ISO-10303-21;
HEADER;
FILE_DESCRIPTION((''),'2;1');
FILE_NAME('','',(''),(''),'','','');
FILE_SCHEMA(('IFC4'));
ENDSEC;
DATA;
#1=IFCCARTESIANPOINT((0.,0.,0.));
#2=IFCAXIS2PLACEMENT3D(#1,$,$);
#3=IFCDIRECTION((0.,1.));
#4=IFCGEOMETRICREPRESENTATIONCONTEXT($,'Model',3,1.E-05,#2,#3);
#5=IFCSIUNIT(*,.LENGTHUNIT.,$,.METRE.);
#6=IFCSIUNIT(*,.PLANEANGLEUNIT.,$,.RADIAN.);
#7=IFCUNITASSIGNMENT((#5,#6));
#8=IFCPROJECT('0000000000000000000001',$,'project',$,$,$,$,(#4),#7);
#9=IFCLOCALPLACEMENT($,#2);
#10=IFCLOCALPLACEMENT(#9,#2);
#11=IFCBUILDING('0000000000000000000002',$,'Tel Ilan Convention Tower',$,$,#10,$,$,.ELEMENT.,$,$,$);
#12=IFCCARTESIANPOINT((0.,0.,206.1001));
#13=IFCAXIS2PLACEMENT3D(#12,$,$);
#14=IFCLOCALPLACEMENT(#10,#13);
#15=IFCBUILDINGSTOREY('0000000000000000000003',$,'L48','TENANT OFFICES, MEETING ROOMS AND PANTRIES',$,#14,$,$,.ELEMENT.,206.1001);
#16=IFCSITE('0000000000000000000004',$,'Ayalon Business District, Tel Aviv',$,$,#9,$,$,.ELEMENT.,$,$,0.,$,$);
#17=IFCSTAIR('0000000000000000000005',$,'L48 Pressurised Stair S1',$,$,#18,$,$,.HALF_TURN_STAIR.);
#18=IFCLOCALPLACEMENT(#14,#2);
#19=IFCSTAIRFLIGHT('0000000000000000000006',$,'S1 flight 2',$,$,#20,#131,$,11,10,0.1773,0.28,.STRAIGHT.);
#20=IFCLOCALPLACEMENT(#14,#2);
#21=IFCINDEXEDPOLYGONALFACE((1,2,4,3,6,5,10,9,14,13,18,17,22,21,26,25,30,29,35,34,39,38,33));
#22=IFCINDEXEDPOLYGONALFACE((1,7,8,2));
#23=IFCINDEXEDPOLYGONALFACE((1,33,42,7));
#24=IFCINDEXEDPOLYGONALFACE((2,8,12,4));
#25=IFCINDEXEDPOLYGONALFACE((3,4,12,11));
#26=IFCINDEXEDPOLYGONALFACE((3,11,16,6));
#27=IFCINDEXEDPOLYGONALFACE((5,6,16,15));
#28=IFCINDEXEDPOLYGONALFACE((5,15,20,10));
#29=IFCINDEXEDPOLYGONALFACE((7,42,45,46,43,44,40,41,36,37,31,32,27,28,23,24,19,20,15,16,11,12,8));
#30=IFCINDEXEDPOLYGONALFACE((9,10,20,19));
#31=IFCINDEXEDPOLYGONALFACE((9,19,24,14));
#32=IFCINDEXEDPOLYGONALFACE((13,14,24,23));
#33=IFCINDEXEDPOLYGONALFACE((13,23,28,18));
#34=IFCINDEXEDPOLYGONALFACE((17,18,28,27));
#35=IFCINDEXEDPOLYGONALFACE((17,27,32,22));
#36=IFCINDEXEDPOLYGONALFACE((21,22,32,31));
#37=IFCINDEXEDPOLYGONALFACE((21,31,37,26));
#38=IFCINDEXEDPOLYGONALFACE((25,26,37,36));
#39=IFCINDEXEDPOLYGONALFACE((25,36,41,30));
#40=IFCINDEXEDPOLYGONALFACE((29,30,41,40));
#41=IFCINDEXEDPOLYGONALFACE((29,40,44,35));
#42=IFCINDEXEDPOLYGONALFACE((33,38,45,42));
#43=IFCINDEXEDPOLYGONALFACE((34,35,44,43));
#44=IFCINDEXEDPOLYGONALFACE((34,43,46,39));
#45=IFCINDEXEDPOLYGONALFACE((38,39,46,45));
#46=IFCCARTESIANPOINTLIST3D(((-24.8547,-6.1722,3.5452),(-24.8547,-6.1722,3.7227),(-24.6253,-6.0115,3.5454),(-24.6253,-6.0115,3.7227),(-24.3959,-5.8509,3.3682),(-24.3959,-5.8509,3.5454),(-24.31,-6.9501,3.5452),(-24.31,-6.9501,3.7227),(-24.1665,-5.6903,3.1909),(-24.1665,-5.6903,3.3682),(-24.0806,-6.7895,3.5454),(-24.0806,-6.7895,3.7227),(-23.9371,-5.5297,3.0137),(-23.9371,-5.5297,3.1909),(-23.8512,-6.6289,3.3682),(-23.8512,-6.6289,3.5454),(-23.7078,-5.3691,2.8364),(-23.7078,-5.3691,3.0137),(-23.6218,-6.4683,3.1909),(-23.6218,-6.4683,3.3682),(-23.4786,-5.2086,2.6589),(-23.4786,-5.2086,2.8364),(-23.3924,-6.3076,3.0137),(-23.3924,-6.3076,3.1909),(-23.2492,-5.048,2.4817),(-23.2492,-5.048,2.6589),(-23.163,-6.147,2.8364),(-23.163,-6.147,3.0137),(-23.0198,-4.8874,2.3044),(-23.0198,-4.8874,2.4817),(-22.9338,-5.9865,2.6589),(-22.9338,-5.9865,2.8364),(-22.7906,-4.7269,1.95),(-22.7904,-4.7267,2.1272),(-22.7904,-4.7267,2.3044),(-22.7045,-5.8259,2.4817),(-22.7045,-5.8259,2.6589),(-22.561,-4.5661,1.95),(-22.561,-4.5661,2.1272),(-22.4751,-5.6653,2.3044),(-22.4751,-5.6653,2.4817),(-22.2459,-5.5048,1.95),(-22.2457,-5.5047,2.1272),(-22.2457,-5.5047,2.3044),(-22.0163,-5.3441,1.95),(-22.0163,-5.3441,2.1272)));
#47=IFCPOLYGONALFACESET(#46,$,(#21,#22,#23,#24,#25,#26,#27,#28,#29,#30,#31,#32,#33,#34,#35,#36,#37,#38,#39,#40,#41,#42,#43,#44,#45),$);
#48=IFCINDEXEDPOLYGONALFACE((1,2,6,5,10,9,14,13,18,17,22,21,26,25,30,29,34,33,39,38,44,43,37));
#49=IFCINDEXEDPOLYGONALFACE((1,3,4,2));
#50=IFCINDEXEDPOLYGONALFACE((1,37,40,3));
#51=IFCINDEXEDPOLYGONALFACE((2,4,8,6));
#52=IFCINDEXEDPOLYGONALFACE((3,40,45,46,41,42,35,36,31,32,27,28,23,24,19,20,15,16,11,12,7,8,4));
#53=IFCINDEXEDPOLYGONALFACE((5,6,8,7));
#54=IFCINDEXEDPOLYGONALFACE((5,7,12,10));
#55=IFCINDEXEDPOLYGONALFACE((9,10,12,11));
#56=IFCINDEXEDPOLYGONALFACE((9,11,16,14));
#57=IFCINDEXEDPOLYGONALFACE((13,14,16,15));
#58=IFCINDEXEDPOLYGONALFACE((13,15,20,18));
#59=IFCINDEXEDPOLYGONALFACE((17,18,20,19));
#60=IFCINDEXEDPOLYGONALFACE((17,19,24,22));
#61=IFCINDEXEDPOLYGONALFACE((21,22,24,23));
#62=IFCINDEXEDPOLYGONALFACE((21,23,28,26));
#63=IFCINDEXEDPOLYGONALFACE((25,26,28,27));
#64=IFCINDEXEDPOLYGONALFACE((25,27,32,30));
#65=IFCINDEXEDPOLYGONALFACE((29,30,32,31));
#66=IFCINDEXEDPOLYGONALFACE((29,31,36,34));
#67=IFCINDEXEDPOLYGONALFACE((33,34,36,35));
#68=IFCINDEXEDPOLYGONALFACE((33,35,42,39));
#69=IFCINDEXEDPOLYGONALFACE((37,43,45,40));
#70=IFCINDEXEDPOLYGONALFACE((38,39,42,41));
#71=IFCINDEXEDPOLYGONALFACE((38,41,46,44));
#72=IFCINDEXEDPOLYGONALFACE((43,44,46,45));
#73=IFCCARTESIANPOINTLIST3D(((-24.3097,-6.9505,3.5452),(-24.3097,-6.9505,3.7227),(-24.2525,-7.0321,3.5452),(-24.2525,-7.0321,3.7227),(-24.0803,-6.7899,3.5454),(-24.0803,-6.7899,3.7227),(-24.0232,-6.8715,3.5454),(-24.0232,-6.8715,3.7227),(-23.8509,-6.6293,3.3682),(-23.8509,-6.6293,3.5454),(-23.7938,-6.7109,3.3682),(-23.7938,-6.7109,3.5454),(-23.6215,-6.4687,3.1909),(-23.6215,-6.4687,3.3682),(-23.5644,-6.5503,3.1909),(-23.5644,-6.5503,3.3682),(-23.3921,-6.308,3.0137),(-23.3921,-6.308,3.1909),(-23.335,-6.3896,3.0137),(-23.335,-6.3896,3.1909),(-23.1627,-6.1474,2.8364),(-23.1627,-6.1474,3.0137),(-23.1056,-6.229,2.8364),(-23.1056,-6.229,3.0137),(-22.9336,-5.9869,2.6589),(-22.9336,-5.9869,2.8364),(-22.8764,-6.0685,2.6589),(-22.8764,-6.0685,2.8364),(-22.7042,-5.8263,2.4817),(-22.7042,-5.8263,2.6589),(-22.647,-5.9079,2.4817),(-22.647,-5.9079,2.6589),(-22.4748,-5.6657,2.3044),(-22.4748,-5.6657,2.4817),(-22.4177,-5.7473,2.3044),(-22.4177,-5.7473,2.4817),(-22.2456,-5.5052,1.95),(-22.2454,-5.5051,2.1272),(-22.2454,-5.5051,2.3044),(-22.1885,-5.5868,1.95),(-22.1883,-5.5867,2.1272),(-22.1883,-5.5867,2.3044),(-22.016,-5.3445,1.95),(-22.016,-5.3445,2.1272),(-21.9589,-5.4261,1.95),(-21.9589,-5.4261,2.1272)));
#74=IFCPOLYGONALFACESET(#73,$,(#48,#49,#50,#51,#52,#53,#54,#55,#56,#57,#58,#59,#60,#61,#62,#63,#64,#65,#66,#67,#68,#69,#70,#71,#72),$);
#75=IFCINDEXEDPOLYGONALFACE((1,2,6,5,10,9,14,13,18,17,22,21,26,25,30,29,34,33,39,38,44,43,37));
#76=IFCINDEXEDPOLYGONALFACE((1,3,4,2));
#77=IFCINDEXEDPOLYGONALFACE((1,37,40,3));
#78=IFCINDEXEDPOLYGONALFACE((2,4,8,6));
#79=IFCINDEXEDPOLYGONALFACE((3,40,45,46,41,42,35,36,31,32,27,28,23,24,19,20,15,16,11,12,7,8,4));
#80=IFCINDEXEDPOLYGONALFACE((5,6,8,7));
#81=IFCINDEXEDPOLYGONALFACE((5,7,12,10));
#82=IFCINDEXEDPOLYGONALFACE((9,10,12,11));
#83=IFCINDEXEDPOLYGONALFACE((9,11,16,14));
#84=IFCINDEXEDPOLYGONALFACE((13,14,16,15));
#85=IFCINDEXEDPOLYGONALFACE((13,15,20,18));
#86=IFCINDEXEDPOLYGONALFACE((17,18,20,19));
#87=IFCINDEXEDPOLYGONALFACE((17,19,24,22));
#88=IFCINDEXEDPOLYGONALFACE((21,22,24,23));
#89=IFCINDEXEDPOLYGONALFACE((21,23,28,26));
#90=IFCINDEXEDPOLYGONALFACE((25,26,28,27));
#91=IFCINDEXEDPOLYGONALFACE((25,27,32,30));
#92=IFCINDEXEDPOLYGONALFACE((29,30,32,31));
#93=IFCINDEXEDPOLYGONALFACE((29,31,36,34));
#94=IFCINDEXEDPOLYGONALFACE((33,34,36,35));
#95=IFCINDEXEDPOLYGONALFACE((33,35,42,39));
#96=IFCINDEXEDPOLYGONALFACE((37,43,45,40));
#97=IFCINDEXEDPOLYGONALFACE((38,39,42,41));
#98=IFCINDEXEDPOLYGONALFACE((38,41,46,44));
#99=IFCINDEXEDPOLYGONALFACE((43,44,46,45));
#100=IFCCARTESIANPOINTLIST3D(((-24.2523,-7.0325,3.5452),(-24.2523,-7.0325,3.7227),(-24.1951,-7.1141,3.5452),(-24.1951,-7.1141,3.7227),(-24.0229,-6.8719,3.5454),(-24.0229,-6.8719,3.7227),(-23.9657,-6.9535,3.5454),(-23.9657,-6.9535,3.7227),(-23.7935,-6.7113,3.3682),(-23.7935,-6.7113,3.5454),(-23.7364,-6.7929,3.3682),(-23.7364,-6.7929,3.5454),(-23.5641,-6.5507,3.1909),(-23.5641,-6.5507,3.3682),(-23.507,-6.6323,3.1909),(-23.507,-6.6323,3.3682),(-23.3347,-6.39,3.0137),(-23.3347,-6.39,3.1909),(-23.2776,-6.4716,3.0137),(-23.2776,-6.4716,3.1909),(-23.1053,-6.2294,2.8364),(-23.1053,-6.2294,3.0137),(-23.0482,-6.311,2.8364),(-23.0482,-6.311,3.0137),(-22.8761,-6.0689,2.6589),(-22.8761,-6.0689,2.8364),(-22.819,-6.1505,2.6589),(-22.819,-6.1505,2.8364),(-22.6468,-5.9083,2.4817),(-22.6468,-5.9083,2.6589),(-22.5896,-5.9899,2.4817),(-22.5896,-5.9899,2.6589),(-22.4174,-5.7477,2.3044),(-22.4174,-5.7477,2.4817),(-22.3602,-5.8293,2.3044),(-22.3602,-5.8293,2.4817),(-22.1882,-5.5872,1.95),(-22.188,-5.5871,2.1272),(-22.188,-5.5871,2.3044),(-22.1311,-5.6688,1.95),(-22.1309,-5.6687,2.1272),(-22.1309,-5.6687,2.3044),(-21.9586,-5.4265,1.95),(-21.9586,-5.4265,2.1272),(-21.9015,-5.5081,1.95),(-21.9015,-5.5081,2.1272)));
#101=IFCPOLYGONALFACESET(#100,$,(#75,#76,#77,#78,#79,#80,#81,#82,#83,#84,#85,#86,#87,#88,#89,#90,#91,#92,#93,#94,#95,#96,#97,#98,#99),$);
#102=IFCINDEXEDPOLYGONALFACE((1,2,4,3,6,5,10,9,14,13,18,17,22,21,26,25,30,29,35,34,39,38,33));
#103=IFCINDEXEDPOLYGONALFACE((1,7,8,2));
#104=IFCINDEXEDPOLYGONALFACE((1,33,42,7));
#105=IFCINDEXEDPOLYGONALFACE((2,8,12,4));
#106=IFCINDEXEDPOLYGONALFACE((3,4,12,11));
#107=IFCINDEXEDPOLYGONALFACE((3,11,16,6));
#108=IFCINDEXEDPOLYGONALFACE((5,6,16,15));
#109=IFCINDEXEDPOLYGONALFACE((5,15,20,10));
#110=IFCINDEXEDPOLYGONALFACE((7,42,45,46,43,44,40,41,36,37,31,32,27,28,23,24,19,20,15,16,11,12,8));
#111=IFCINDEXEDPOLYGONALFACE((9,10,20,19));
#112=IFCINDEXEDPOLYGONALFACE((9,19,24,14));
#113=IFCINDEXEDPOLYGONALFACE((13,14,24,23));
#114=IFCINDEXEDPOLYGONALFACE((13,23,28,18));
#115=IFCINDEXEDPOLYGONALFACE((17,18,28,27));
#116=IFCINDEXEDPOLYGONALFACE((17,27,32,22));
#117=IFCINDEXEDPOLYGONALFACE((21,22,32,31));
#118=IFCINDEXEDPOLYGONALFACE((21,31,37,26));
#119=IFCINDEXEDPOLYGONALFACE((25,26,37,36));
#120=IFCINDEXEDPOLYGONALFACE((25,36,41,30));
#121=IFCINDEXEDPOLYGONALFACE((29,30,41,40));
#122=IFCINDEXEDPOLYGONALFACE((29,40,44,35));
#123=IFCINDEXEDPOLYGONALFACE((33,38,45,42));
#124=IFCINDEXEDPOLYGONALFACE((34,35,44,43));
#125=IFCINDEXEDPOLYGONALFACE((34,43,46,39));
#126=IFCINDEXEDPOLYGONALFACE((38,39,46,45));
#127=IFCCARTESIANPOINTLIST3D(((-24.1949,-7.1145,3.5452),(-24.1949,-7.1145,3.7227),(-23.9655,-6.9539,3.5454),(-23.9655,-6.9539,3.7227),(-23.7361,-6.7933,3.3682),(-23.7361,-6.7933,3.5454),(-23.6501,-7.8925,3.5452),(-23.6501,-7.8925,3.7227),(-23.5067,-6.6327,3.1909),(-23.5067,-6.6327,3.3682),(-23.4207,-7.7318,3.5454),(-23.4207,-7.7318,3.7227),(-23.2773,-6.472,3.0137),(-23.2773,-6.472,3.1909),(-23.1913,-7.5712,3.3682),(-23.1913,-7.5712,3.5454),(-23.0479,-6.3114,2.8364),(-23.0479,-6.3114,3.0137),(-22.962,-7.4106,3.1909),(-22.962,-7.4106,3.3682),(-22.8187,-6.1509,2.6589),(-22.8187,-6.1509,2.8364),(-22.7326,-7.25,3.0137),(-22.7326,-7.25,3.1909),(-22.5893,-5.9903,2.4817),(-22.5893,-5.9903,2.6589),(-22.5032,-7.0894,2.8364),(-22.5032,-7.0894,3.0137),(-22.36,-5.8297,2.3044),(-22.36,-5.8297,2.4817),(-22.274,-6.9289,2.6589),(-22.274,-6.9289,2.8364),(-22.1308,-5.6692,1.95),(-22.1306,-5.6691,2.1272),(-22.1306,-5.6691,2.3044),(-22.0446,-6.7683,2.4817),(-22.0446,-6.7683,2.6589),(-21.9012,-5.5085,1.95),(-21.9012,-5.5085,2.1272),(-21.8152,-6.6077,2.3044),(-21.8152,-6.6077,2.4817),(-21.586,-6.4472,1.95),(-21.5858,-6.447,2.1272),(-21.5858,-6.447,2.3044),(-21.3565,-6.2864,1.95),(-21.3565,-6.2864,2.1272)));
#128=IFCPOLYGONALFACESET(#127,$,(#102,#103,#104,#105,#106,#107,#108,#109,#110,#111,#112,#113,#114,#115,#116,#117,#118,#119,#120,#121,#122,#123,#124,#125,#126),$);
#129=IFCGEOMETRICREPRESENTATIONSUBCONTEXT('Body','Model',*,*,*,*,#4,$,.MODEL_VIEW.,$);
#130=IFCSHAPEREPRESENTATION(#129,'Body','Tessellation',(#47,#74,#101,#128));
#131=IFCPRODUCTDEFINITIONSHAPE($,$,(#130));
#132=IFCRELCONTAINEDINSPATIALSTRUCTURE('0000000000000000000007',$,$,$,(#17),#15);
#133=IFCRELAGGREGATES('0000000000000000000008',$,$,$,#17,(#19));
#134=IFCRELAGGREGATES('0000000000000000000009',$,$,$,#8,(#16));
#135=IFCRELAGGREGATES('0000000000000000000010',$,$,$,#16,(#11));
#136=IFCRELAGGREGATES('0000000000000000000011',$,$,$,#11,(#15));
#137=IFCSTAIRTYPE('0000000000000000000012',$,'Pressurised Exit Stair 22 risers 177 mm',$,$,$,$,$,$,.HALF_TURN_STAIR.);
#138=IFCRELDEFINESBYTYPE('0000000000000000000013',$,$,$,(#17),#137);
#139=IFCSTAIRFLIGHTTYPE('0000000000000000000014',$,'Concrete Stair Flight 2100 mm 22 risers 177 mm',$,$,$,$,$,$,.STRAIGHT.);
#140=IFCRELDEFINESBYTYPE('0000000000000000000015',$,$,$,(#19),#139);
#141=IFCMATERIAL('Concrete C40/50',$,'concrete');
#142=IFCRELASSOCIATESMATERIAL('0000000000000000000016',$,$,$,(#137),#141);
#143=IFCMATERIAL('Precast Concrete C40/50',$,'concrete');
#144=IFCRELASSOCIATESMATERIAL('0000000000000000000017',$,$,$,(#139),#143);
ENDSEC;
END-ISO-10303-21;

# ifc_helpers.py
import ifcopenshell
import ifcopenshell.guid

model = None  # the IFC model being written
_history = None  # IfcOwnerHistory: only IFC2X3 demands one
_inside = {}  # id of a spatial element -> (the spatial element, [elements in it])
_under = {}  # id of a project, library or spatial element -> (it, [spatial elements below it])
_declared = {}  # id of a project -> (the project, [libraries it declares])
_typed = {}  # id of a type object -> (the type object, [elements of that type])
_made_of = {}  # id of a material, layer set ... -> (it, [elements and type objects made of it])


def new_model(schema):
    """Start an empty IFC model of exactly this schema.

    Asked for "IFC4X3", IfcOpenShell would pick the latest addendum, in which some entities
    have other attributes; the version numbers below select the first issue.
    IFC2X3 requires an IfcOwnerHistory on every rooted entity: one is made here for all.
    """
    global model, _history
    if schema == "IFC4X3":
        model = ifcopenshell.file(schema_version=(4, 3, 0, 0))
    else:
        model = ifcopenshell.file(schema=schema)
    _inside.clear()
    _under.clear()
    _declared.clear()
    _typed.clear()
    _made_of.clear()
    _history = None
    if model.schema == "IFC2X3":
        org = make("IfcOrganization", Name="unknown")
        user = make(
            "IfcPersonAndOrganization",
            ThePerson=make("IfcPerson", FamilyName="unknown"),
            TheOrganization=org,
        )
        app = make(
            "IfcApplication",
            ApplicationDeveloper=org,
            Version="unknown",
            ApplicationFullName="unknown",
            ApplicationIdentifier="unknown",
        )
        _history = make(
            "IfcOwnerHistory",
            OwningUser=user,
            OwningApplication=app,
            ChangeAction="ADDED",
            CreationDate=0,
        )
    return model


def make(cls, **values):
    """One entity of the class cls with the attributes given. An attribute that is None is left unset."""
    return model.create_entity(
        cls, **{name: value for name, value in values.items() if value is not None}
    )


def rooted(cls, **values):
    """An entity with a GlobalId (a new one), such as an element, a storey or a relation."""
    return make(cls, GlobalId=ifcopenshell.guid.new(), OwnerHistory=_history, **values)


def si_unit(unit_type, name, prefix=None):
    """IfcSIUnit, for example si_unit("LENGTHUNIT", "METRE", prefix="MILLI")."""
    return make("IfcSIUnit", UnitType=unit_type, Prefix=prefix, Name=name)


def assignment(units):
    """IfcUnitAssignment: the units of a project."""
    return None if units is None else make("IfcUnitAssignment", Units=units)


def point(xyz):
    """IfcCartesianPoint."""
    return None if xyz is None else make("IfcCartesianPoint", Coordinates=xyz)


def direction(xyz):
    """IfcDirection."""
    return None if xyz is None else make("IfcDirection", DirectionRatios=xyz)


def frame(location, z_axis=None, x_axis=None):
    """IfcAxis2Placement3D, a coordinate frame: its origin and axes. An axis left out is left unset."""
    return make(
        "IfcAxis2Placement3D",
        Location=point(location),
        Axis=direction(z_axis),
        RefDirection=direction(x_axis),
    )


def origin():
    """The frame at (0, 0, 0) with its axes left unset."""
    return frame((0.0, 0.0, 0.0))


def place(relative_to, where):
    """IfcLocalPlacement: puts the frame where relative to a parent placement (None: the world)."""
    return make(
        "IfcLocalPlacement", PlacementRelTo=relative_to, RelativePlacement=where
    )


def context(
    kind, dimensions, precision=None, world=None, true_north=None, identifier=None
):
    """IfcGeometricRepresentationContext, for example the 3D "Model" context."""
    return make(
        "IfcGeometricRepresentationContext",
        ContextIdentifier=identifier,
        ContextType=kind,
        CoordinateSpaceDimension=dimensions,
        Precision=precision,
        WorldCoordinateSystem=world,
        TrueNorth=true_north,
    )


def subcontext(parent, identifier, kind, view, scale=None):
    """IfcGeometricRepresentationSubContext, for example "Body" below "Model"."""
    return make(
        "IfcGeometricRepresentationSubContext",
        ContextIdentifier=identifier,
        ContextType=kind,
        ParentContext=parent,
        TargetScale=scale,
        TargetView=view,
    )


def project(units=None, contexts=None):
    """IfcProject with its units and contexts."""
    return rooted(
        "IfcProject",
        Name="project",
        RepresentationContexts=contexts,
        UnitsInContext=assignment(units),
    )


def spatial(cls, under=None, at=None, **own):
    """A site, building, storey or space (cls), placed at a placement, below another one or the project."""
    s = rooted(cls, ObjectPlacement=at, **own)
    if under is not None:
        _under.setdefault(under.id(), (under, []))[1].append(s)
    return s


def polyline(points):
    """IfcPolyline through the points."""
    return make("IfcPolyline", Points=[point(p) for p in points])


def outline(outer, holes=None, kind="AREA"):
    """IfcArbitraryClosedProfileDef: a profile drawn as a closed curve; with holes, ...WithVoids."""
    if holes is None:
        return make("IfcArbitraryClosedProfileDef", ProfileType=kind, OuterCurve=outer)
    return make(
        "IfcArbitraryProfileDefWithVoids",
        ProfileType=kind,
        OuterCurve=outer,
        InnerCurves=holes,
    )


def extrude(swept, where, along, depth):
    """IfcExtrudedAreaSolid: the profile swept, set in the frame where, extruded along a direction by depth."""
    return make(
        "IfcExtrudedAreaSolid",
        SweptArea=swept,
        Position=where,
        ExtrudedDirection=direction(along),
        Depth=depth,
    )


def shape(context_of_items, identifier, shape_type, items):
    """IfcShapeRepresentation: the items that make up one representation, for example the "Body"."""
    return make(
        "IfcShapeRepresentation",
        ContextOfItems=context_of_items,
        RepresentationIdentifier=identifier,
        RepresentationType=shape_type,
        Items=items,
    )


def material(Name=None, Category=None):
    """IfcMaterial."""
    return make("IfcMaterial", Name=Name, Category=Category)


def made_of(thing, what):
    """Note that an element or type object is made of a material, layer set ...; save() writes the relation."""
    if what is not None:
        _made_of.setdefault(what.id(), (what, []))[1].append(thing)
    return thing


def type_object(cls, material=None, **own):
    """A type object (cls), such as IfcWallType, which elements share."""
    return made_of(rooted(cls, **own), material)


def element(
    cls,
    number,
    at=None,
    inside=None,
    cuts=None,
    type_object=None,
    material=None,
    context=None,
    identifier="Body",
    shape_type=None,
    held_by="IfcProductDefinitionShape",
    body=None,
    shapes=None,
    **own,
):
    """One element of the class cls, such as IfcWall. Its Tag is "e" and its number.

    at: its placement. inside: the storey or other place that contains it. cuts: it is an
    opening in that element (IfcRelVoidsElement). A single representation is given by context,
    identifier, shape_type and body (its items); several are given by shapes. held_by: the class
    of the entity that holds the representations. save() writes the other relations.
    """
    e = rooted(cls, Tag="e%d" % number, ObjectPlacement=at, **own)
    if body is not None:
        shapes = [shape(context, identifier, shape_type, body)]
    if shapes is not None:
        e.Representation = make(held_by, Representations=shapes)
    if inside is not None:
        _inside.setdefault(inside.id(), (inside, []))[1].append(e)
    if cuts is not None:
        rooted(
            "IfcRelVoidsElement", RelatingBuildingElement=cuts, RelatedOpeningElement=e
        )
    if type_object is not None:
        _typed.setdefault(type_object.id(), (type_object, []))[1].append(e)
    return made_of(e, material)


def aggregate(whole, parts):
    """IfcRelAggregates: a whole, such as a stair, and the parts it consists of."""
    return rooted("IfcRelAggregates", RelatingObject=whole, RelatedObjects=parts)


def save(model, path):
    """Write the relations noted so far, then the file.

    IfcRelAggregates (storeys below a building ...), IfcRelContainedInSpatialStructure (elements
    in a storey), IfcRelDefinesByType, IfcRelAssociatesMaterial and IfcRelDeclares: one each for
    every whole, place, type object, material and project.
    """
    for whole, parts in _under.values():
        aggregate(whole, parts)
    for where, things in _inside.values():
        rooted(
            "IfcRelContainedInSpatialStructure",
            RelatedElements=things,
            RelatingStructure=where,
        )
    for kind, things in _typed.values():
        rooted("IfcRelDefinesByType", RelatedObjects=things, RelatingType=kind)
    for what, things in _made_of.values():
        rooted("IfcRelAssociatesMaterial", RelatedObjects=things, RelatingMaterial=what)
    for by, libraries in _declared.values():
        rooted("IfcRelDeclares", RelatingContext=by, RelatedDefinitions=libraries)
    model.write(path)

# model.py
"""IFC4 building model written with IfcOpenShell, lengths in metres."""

from ifc_helpers import new_model, si_unit, direction, frame, origin, place, context, subcontext, project, spatial, polyline, outline, extrude, material, type_object, element, aggregate, save


model = new_model("IFC4")

# Units and contexts
model_context = context("Model", 3, precision=1e-05, world=origin(), true_north=direction((0.0, 1.0)))
body_context = subcontext(model_context, "Body", "Model", "MODEL_VIEW")
ifc_project = project(units=[si_unit("LENGTHUNIT", "METRE"), si_unit("PLANEANGLEUNIT", "RADIAN")], contexts=[model_context])

# Site, building, storey
site_placement = place(None, origin())
site = spatial("IfcSite", under=ifc_project, at=site_placement, Name="Ayalon Business District, Tel Aviv", CompositionType="ELEMENT", RefElevation=0.0)
building_placement = place(site_placement, origin())
building = spatial("IfcBuilding", under=site, at=building_placement, Name="Tel Ilan Convention Tower", CompositionType="ELEMENT")
storey_placement = place(building_placement, frame((0.0, 0.0, 206.1001)))
storey = spatial("IfcBuildingStorey", under=building, at=storey_placement, Name="L48", Description="TENANT OFFICES, MEETING ROOMS AND PANTRIES", CompositionType="ELEMENT", Elevation=206.1001)

# Stair, stair flight
ifc_material_1 = material(Name="Concrete C40/50", Category="concrete")
stair_type = type_object("IfcStairType", Name="Pressurised Exit Stair 22 risers 177 mm", PredefinedType="HALF_TURN_STAIR", material=ifc_material_1)
stair_1_placement = place(storey_placement, origin())
stair_1 = element("IfcStair", 1, at=stair_1_placement, inside=storey, type_object=stair_type, Name="L48 Pressurised Stair S1", PredefinedType="HALF_TURN_STAIR")
ifc_material_2 = material(Name="Precast Concrete C40/50", Category="concrete")
stair_flight_type = type_object("IfcStairFlightType", Name="Concrete Stair Flight 2100 mm 22 risers 177 mm", PredefinedType="STRAIGHT", material=ifc_material_2)
stair_flight_1_placement = place(storey_placement, frame((-21.9587, -5.4263, 1.95), z_axis=(0.0, 0.0, 1.0), x_axis=(-0.819152, -0.573576, 0.0)))
stair_flight_1 = element("IfcStairFlight", 2, at=stair_flight_1_placement, type_object=stair_flight_type, Name="S1 flight 2", NumberOfRisers=11, NumberOfTreads=10, PredefinedType="STRAIGHT", RiserHeight=0.1773, TreadLength=0.28, context=body_context, shape_type="SweptSolid", body=[
    extrude(outline(polyline([(0.0, 0.0), (0.0, 0.1772), (0.28, 0.1772), (0.28, 0.3545), (0.5601, 0.3545), (0.5601, 0.5317), (0.8401, 0.5317), (0.8401, 0.709), (1.1201, 0.709), (1.1201, 0.8865), (1.3999, 0.8865), (1.3999, 1.0637), (1.6799, 1.0637), (1.6799, 1.241), (1.96, 1.241), (1.96, 1.4182), (2.24, 1.4182), (2.24, 1.5955), (2.52, 1.5955), (2.52, 1.7727), (2.8, 1.7727), (2.8, 1.95), (2.8, 1.5952), (0.2803, 0.0), (0.0, 0.0)])), frame((0.0, -0.1003, 0.0), z_axis=(0.0, -1.0, 0.0), x_axis=(1.0, 0.0, 0.0)), (0.0, 0.0, 1.0), 0.9497),
    extrude(outline(polyline([(0.0, 0.0), (0.0, 0.1772), (0.28, 0.1772), (0.28, 0.3545), (0.5601, 0.3545), (0.5601, 0.5317), (0.8401, 0.5317), (0.8401, 0.709), (1.1201, 0.709), (1.1201, 0.8865), (1.3999, 0.8865), (1.3999, 1.0637), (1.6799, 1.0637), (1.6799, 1.241), (1.96, 1.241), (1.96, 1.4182), (2.24, 1.4182), (2.24, 1.5955), (2.52, 1.5955), (2.52, 1.7727), (2.8, 1.7727), (2.8, 1.95), (2.8, 1.5952), (0.2803, 0.0), (0.0, 0.0)])), frame((0.0, -0.0002, 0.0), z_axis=(0.0, -1.0, 0.0), x_axis=(1.0, 0.0, 0.0)), (0.0, 0.0, 1.0), 0.0996),
    extrude(outline(polyline([(0.0, 0.0), (0.0, 0.1772), (0.28, 0.1772), (0.28, 0.3545), (0.5601, 0.3545), (0.5601, 0.5317), (0.8401, 0.5317), (0.8401, 0.709), (1.1201, 0.709), (1.1201, 0.8865), (1.3999, 0.8865), (1.3999, 1.0637), (1.6799, 1.0637), (1.6799, 1.241), (1.96, 1.241), (1.96, 1.4182), (2.24, 1.4182), (2.24, 1.5955), (2.52, 1.5955), (2.52, 1.7727), (2.8, 1.7727), (2.8, 1.95), (2.8, 1.5952), (0.2803, 0.0), (0.0, 0.0)])), frame((0.0, 0.0999, 0.0), z_axis=(0.0, -1.0, 0.0), x_axis=(1.0, 0.0, 0.0)), (0.0, 0.0, 1.0), 0.0996),
    extrude(outline(polyline([(0.0, 0.0), (0.0, 0.1772), (0.28, 0.1772), (0.28, 0.3545), (0.5601, 0.3545), (0.5601, 0.5317), (0.8401, 0.5317), (0.8401, 0.709), (1.1201, 0.709), (1.1201, 0.8865), (1.3999, 0.8865), (1.3999, 1.0637), (1.6799, 1.0637), (1.6799, 1.241), (1.96, 1.241), (1.96, 1.4182), (2.24, 1.4182), (2.24, 1.5955), (2.52, 1.5955), (2.52, 1.7727), (2.8, 1.7727), (2.8, 1.95), (2.8, 1.5952), (0.2803, 0.0), (0.0, 0.0)])), frame((0.0, 1.05, 0.0), z_axis=(0.0, -1.0, 0.0), x_axis=(1.0, 0.0, 0.0)), (0.0, 0.0, 1.0), 0.9497),
])
aggregate(stair_1, [stair_flight_1])

save(model, "model.ifc")
